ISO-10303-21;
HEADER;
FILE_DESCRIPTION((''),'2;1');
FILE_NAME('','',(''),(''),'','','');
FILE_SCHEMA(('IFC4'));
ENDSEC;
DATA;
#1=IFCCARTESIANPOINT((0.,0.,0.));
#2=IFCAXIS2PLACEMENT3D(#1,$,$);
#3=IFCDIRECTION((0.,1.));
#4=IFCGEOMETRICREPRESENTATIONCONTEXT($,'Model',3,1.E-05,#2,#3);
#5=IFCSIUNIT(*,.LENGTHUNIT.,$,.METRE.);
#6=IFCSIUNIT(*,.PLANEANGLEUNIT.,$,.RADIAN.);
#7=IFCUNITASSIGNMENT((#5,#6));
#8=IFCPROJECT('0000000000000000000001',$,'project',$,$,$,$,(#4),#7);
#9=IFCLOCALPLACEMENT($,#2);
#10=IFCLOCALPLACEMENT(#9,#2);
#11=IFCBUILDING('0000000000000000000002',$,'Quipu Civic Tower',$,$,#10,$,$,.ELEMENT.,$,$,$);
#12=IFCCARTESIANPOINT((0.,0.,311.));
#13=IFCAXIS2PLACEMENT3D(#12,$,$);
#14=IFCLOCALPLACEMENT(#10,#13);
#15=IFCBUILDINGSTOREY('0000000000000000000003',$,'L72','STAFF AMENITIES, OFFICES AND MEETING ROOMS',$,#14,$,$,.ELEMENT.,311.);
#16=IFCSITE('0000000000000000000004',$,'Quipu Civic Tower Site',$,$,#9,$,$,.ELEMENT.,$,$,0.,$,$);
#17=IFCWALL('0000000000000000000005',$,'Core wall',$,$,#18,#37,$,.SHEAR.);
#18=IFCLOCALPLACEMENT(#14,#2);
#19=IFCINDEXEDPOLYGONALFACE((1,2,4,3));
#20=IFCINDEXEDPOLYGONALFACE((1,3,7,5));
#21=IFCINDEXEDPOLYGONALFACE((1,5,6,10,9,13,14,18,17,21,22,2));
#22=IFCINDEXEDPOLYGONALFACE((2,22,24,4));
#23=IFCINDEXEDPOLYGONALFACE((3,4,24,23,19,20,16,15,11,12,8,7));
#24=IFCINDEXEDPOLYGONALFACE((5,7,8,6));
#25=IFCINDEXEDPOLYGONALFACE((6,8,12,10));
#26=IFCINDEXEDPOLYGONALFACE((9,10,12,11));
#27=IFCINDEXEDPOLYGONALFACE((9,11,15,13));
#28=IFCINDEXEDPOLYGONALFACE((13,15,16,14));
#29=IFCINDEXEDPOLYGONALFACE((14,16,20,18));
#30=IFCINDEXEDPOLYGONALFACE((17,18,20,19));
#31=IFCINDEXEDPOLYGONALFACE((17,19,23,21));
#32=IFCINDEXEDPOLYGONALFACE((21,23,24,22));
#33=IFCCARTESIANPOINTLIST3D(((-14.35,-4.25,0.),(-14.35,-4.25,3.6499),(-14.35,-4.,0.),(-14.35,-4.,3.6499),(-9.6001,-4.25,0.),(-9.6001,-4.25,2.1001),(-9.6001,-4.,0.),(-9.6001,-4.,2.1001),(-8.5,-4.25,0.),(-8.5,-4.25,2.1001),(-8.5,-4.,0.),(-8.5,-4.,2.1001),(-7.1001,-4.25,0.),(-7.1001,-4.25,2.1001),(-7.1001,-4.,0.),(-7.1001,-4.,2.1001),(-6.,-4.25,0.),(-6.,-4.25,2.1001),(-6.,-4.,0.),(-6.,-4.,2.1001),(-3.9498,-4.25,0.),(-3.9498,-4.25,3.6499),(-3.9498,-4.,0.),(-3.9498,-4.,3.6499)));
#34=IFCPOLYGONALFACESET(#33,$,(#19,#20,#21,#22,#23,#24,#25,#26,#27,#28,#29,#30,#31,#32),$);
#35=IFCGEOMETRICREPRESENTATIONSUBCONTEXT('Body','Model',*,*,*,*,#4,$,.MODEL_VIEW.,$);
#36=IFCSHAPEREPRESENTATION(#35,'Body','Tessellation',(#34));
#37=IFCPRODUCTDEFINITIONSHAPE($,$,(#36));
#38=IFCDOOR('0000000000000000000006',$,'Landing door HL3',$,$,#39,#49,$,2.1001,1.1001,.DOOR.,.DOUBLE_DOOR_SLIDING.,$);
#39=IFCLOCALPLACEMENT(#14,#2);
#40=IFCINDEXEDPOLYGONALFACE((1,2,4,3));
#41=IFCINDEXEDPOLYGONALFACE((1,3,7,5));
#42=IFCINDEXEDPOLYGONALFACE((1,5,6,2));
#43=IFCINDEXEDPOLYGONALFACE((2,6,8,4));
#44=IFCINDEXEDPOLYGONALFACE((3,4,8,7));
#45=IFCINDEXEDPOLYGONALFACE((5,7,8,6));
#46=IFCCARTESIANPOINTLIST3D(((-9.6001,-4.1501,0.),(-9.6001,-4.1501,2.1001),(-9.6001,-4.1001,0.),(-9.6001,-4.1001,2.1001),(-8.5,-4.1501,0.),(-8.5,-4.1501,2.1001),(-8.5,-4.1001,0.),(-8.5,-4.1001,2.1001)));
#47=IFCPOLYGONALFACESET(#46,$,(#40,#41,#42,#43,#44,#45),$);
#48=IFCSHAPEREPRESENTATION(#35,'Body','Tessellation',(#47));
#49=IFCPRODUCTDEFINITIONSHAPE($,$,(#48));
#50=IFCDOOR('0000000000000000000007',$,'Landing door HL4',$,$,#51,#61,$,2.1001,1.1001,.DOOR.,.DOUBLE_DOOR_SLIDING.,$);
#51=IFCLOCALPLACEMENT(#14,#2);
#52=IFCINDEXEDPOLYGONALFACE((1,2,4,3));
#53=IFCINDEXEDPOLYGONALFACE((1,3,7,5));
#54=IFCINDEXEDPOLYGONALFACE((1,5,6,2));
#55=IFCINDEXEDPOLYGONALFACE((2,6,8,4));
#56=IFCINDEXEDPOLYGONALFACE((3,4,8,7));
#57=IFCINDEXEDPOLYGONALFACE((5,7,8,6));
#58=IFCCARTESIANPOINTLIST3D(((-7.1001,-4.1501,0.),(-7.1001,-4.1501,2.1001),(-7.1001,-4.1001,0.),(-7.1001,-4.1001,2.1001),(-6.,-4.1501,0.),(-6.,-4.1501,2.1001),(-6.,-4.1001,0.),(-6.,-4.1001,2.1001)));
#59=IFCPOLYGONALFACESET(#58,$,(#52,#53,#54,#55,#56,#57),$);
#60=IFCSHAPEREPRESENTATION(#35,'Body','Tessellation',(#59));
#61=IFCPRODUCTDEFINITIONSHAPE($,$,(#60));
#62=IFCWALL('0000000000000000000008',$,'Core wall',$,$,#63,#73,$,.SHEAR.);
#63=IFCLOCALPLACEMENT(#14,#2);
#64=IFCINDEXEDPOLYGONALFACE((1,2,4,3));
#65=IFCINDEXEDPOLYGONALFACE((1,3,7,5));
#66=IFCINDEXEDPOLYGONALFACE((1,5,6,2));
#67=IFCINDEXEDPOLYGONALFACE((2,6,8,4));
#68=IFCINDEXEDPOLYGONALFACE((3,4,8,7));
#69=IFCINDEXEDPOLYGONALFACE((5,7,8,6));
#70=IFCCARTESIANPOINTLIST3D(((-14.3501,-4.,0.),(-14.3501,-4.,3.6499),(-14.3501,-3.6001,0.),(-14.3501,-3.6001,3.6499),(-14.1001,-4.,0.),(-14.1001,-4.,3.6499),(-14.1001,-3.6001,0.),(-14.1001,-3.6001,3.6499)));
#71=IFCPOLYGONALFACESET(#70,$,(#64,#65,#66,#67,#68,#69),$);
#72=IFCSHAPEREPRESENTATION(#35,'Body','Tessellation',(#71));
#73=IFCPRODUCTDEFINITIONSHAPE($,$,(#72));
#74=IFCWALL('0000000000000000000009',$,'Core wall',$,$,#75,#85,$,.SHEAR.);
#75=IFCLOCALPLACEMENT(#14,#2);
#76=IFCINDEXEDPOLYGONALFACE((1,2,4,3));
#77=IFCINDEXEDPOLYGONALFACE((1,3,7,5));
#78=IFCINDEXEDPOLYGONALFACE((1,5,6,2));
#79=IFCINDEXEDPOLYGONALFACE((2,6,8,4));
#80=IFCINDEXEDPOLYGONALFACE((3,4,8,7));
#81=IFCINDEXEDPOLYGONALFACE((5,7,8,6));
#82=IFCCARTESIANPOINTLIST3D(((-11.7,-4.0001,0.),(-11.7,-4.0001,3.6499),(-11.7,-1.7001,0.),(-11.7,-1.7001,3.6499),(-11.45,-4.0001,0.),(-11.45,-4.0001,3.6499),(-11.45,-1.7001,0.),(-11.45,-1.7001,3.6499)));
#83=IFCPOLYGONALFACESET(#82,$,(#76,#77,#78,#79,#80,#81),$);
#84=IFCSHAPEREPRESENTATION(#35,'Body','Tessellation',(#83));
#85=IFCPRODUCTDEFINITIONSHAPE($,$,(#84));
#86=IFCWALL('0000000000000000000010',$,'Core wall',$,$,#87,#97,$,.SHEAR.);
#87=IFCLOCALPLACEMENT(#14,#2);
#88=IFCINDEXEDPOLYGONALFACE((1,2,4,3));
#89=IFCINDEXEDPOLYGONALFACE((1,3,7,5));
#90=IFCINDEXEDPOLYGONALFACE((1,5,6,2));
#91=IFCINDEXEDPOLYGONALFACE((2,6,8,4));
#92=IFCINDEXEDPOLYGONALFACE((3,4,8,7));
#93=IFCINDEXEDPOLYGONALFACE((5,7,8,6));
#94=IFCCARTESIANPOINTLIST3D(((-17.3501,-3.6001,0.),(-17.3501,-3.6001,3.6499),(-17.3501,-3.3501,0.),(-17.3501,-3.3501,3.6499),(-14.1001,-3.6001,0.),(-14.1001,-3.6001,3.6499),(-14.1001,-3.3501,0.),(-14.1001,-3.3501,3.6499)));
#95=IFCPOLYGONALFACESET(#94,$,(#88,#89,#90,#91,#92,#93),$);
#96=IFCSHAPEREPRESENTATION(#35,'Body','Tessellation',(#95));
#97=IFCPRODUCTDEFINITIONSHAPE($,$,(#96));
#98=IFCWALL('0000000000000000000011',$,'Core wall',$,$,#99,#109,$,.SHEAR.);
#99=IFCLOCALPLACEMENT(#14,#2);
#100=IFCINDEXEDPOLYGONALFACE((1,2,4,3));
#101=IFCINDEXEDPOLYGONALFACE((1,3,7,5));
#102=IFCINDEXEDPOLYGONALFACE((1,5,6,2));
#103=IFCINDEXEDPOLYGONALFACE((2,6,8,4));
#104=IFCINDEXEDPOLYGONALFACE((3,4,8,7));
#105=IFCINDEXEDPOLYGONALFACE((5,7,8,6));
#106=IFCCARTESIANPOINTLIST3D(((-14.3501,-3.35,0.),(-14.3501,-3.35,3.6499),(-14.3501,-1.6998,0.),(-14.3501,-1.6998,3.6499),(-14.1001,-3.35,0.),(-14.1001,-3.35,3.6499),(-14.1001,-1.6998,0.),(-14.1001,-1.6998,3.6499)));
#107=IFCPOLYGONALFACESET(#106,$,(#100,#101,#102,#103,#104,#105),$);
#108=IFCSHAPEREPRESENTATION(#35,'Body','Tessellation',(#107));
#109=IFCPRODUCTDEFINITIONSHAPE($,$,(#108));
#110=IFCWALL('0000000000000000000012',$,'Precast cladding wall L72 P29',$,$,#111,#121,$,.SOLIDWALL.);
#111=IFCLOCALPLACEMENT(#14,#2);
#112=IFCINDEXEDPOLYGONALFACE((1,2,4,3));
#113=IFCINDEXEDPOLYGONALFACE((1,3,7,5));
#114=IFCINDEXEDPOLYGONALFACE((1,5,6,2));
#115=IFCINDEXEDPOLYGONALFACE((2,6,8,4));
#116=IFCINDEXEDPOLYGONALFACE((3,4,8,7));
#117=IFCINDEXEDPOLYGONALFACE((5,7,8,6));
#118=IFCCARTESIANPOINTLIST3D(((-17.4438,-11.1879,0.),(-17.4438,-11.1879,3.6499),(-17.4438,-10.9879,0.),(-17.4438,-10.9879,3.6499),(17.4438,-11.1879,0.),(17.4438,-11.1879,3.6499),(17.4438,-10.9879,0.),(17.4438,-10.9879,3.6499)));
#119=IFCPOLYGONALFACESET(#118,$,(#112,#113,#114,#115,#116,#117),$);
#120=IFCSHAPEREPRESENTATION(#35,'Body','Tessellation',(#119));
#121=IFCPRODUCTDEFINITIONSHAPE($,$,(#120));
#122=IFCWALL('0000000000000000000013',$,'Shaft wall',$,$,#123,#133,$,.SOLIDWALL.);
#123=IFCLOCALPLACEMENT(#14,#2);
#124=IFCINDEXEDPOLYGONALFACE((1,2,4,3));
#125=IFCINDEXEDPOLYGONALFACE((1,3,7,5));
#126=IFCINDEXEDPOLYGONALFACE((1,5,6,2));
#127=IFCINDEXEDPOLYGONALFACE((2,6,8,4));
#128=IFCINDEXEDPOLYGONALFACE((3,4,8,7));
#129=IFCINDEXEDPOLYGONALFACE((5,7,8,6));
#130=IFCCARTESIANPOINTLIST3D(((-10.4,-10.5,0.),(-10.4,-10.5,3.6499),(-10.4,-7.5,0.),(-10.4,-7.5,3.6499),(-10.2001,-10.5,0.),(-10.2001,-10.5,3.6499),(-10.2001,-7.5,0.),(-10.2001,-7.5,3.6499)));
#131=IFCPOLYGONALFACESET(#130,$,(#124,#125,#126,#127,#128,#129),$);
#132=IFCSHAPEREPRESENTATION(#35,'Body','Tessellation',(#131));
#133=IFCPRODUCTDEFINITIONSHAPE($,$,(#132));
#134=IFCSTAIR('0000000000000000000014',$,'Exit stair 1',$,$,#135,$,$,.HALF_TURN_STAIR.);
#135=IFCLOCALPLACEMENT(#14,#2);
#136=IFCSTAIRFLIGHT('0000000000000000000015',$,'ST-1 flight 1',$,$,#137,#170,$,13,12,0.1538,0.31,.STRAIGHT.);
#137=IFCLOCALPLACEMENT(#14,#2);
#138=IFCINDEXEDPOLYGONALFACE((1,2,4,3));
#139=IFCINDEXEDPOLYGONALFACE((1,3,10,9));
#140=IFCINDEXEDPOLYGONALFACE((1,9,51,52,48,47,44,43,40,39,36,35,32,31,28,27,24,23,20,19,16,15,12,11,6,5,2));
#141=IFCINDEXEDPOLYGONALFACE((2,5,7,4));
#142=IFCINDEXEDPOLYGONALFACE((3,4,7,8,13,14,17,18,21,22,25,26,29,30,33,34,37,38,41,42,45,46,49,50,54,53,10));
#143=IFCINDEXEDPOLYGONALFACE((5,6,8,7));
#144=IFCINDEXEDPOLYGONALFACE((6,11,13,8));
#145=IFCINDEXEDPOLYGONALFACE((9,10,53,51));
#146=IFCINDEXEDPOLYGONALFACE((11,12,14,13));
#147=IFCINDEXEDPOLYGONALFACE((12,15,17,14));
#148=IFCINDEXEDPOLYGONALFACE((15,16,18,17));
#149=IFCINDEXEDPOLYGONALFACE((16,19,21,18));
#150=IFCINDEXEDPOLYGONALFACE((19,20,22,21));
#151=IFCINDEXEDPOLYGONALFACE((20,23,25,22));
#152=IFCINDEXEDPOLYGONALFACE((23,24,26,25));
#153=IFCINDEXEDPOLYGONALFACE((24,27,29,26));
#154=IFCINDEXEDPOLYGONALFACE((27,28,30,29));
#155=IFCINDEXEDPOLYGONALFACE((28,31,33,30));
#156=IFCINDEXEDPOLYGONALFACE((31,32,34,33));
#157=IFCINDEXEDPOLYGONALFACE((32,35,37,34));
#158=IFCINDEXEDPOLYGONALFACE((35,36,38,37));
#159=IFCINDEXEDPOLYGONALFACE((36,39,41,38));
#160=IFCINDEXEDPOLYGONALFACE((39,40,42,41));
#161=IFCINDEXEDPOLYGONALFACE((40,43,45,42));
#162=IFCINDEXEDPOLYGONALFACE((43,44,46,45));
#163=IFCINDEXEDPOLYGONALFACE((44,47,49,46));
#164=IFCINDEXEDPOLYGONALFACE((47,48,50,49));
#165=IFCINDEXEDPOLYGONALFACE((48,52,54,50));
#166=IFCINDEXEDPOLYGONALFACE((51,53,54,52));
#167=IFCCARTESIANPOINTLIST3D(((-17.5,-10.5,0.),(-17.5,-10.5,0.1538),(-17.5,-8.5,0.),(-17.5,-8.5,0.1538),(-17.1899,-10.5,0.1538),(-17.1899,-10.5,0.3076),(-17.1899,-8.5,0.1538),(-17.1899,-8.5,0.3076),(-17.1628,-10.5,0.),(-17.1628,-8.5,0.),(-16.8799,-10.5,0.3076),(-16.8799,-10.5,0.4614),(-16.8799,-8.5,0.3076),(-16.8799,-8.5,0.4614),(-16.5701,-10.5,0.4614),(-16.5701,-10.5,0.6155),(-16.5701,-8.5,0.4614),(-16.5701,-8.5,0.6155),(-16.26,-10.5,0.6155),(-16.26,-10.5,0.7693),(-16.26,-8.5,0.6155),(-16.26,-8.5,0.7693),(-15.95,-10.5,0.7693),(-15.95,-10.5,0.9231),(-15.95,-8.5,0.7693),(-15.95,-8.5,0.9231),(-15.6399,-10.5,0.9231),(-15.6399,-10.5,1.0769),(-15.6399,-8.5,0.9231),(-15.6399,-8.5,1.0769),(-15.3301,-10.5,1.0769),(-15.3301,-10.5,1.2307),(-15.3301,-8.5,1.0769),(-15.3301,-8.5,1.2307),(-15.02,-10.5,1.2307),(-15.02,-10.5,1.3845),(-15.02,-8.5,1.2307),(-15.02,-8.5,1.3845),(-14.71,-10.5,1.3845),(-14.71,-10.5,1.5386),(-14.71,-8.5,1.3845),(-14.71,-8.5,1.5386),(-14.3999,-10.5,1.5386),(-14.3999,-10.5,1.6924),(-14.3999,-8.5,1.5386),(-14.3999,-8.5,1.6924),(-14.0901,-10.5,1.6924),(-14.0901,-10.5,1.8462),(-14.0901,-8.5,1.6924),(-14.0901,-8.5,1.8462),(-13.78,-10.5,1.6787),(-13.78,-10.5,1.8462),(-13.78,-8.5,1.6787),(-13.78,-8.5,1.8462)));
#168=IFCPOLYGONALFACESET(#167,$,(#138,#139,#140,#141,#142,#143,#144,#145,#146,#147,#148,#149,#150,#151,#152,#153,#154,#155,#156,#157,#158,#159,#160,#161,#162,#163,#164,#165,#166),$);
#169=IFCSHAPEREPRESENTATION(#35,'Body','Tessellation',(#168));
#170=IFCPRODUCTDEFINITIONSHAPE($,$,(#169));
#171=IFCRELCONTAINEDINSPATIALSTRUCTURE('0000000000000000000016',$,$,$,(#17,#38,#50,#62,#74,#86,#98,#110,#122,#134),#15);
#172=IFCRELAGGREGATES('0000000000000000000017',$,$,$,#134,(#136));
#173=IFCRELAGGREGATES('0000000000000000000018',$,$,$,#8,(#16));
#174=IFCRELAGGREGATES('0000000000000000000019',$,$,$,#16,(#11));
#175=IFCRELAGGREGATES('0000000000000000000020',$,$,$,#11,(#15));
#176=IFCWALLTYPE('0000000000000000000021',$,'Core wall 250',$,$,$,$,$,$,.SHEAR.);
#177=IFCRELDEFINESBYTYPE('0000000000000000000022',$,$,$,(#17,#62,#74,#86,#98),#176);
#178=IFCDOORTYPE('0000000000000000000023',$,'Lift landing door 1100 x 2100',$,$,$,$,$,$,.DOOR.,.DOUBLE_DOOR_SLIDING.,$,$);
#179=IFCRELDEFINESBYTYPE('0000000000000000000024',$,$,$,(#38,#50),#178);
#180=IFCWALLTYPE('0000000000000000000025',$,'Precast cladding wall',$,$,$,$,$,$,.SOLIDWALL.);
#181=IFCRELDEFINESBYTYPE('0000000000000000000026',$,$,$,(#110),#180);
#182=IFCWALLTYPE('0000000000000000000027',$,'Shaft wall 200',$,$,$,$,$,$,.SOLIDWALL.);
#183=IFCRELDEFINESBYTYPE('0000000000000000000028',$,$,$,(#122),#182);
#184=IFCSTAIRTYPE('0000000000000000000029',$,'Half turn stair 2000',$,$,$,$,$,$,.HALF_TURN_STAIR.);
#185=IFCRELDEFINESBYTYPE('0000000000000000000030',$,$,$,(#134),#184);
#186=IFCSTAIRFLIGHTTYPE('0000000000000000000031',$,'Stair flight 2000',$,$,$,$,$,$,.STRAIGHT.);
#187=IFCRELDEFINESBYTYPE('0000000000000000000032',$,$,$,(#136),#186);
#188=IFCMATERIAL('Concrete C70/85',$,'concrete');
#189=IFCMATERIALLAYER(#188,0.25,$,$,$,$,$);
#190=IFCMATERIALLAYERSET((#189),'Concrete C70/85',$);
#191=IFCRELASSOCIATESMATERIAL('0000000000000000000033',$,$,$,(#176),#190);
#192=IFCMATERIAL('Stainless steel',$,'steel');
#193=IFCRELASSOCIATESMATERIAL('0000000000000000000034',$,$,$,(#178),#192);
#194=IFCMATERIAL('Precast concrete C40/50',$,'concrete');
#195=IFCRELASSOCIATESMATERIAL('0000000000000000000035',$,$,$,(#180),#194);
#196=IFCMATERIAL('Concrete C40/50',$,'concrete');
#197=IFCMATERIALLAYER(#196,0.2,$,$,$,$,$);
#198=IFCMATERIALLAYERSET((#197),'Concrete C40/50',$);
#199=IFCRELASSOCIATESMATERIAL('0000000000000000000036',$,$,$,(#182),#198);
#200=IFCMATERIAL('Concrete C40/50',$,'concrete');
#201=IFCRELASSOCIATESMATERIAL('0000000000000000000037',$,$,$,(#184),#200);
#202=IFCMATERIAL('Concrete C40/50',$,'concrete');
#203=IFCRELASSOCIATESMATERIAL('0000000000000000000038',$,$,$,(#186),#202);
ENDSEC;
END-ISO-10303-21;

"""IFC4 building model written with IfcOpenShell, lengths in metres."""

from ifc_helpers import new_model, si_unit, direction, frame, frame_2d, origin, place, context, subcontext, project, spatial, polyline, rectangle, outline, extrude, material, layer, layer_set, type_object, element, fill, aggregate, save


model = new_model("IFC4")

# Units and contexts
model_context = context("Model", 3, precision=1e-05, world=origin(), true_north=direction((0.0, 1.0)))
body_context = subcontext(model_context, "Body", "Model", "MODEL_VIEW")
ifc_project = project(units=[si_unit("LENGTHUNIT", "METRE"), si_unit("PLANEANGLEUNIT", "RADIAN")], contexts=[model_context])

# Site, building, storey
site_placement = place(None, origin())
site = spatial("IfcSite", under=ifc_project, at=site_placement, Name="Quipu Civic Tower Site", CompositionType="ELEMENT", RefElevation=0.0)
building_placement = place(site_placement, origin())
building = spatial("IfcBuilding", under=site, at=building_placement, Name="Quipu Civic Tower", CompositionType="ELEMENT")
storey_placement = place(building_placement, frame((0.0, 0.0, 311.0)))
storey = spatial("IfcBuildingStorey", under=building, at=storey_placement, Name="L72", Description="STAFF AMENITIES, OFFICES AND MEETING ROOMS", CompositionType="ELEMENT", Elevation=311.0)

# Shared definitions
ifc_material_1 = material(Name="Concrete C70/85", Category="concrete")
ifc_layer_1 = layer(ifc_material_1, 0.25)
ifc_layer_set_1 = layer_set([ifc_layer_1], Name="Concrete C70/85")
wall_type_1 = type_object("IfcWallType", Name="Core wall 250", PredefinedType="SHEAR", material=ifc_layer_set_1)

# Wall, openings, doors
wall_1_placement = place(storey_placement, frame((-14.3501, -4.125, 0.0), z_axis=(0.0, 0.0, 1.0), x_axis=(1.0, 0.0, 0.0)))
wall_1 = element("IfcWall", 1, at=wall_1_placement, inside=storey, type_object=wall_type_1, Name="Core wall", PredefinedType="SHEAR", context=body_context, shape_type="SweptSolid", body=[
    extrude(rectangle(XDim=10.4001, YDim=0.25, at=frame_2d((5.2002, 0.0))), origin(), (0.0, 0.0, 1.0), 3.6499),
])
opening_1_placement = place(wall_1_placement, frame((4.75, 0.0, 0.0)))
opening_1 = element("IfcOpeningElement", 2, at=opening_1_placement, cuts=wall_1, PredefinedType="OPENING", context=body_context, shape_type="SweptSolid", body=[
    extrude(rectangle(XDim=1.1001, YDim=2.1001, at=frame_2d((0.55, 1.05))), frame((0.0, 0.135, 0.0), z_axis=(0.0, -1.0, 0.0), x_axis=(1.0, 0.0, 0.0)), (0.0, 0.0, 1.0), 0.27),
])
opening_2_placement = place(wall_1_placement, frame((7.25, 0.0, 0.0)))
opening_2 = element("IfcOpeningElement", 3, at=opening_2_placement, cuts=wall_1, PredefinedType="OPENING", context=body_context, shape_type="SweptSolid", body=[
    extrude(rectangle(XDim=1.1001, YDim=2.1001, at=frame_2d((0.55, 1.05))), frame((0.0, 0.135, 0.0), z_axis=(0.0, -1.0, 0.0), x_axis=(1.0, 0.0, 0.0)), (0.0, 0.0, 1.0), 0.27),
])
ifc_material_2 = material(Name="Stainless steel", Category="steel")
door_type_1 = type_object("IfcDoorType", Name="Lift landing door 1100 x 2100", OperationType="DOUBLE_DOOR_SLIDING", PredefinedType="DOOR", material=ifc_material_2)
door_1_placement = place(opening_1_placement, origin())
door_1 = element("IfcDoor", 4, at=door_1_placement, inside=storey, type_object=door_type_1, Name="Landing door HL3", OperationType="DOUBLE_DOOR_SLIDING", OverallHeight=2.1001, OverallWidth=1.1001, PredefinedType="DOOR", context=body_context, shape_type="SweptSolid", body=[
    extrude(rectangle(XDim=1.1001, YDim=2.1001, at=frame_2d((0.55, 1.05))), frame((0.0, 0.0249, 0.0), z_axis=(0.0, -1.0, 0.0), x_axis=(1.0, 0.0, 0.0)), (0.0, 0.0, 1.0), 0.05),
])
fill(opening_1, door_1)
door_2_placement = place(opening_2_placement, origin())
door_2 = element("IfcDoor", 5, at=door_2_placement, inside=storey, type_object=door_type_1, Name="Landing door HL4", OperationType="DOUBLE_DOOR_SLIDING", OverallHeight=2.1001, OverallWidth=1.1001, PredefinedType="DOOR", context=body_context, shape_type="SweptSolid", body=[
    extrude(rectangle(XDim=1.1001, YDim=2.1001, at=frame_2d((0.55, 1.05))), frame((0.0, 0.0249, 0.0), z_axis=(0.0, -1.0, 0.0), x_axis=(1.0, 0.0, 0.0)), (0.0, 0.0, 1.0), 0.05),
])
fill(opening_2, door_2)

# Walls
wall_2_placement = place(storey_placement, frame((-14.2251, -4.0, 0.0), z_axis=(0.0, 0.0, 1.0), x_axis=(0.0, 1.0, 0.0)))
element("IfcWall", 6, at=wall_2_placement, inside=storey, type_object=wall_type_1, Name="Core wall", PredefinedType="SHEAR", context=body_context, shape_type="SweptSolid", body=[
    extrude(rectangle(XDim=0.3999, YDim=0.25, at=frame_2d((0.2, 0.0))), origin(), (0.0, 0.0, 1.0), 3.6499),
])
wall_3_placement = place(storey_placement, frame((-11.575, -4.0, 0.0), z_axis=(0.0, 0.0, 1.0), x_axis=(0.0, 1.0, 0.0)))
element("IfcWall", 7, at=wall_3_placement, inside=storey, type_object=wall_type_1, Name="Core wall", PredefinedType="SHEAR", context=body_context, shape_type="SweptSolid", body=[
    extrude(rectangle(XDim=2.3, YDim=0.25, at=frame_2d((1.1499, 0.0))), origin(), (0.0, 0.0, 1.0), 3.6499),
])
wall_4_placement = place(storey_placement, frame((-17.3501, -3.4751, 0.0), z_axis=(0.0, 0.0, 1.0), x_axis=(1.0, 0.0, 0.0)))
element("IfcWall", 8, at=wall_4_placement, inside=storey, type_object=wall_type_1, Name="Core wall", PredefinedType="SHEAR", context=body_context, shape_type="SweptSolid", body=[
    extrude(rectangle(XDim=3.25, YDim=0.25, at=frame_2d((1.625, 0.0))), origin(), (0.0, 0.0, 1.0), 3.6499),
])
wall_5_placement = place(storey_placement, frame((-14.2251, -3.3501, 0.0), z_axis=(0.0, 0.0, 1.0), x_axis=(0.0, 1.0, 0.0)))
element("IfcWall", 9, at=wall_5_placement, inside=storey, type_object=wall_type_1, Name="Core wall", PredefinedType="SHEAR", context=body_context, shape_type="SweptSolid", body=[
    extrude(rectangle(XDim=1.6501, YDim=0.25, at=frame_2d((0.8252, 0.0))), origin(), (0.0, 0.0, 1.0), 3.6499),
])
ifc_material_3 = material(Name="Precast concrete C40/50", Category="concrete")
wall_type_2 = type_object("IfcWallType", Name="Precast cladding wall", PredefinedType="SOLIDWALL", material=ifc_material_3)
wall_6_placement = place(storey_placement, frame((-17.4438, -11.0879, 0.0), z_axis=(0.0, 0.0, 1.0), x_axis=(1.0, 0.0, 0.0)))
element("IfcWall", 10, at=wall_6_placement, inside=storey, type_object=wall_type_2, Name="Precast cladding wall L72 P29", PredefinedType="SOLIDWALL", context=body_context, shape_type="SweptSolid", body=[
    extrude(rectangle(XDim=34.8877, YDim=0.2, at=frame_2d((17.4438, 0.0))), origin(), (0.0, 0.0, 1.0), 3.6499),
])
ifc_material_4 = material(Name="Concrete C40/50", Category="concrete")
ifc_layer_2 = layer(ifc_material_4, 0.2)
ifc_layer_set_2 = layer_set([ifc_layer_2], Name="Concrete C40/50")
wall_type_3 = type_object("IfcWallType", Name="Shaft wall 200", PredefinedType="SOLIDWALL", material=ifc_layer_set_2)
wall_7_placement = place(storey_placement, frame((-10.3, -10.5, 0.0), z_axis=(0.0, 0.0, 1.0), x_axis=(0.0, 1.0, 0.0)))
element("IfcWall", 11, at=wall_7_placement, inside=storey, type_object=wall_type_3, Name="Shaft wall", PredefinedType="SOLIDWALL", context=body_context, shape_type="SweptSolid", body=[
    extrude(rectangle(XDim=3.0, YDim=0.2, at=frame_2d((1.5, 0.0))), origin(), (0.0, 0.0, 1.0), 3.6499),
])

# Stair, stair flight
ifc_material_5 = material(Name="Concrete C40/50", Category="concrete")
stair_type = type_object("IfcStairType", Name="Half turn stair 2000", PredefinedType="HALF_TURN_STAIR", material=ifc_material_5)
stair_placement = place(storey_placement, origin())
stair = element("IfcStair", 12, at=stair_placement, inside=storey, type_object=stair_type, Name="Exit stair 1", PredefinedType="HALF_TURN_STAIR")
ifc_material_6 = material(Name="Concrete C40/50", Category="concrete")
stair_flight_type = type_object("IfcStairFlightType", Name="Stair flight 2000", PredefinedType="STRAIGHT", material=ifc_material_6)
stair_flight_1_placement = place(storey_placement, frame((-17.5, -9.5, 0.0), z_axis=(0.0, 0.0, 1.0), x_axis=(1.0, 0.0, 0.0)))
stair_flight_1 = element("IfcStairFlight", 13, at=stair_flight_1_placement, type_object=stair_flight_type, Name="ST-1 flight 1", NumberOfRisers=13, NumberOfTreads=12, PredefinedType="STRAIGHT", RiserHeight=0.1538, TreadLength=0.31, context=body_context, shape_type="SweptSolid", body=[
    extrude(outline(polyline([(0.0, 0.0), (0.0, 0.1538), (0.3101, 0.1538), (0.3101, 0.3076), (0.6201, 0.3076), (0.6201, 0.4614), (0.9299, 0.4614), (0.9299, 0.6155), (1.24, 0.6155), (1.24, 0.7693), (1.55, 0.7693), (1.55, 0.9231), (1.8601, 0.9231), (1.8601, 1.0769), (2.1699, 1.0769), (2.1699, 1.2307), (2.48, 1.2307), (2.48, 1.3845), (2.79, 1.3845), (2.79, 1.5386), (3.1001, 1.5386), (3.1001, 1.6924), (3.4099, 1.6924), (3.4099, 1.8462), (3.72, 1.8462), (3.72, 2.0), (3.72, 1.6787), (0.3372, 0.0), (0.0, 0.0)])), frame((0.0, 1.0, 0.0), z_axis=(0.0, -1.0, 0.0), x_axis=(1.0, 0.0, 0.0)), (0.0, 0.0, 1.0), 2.0),
])
aggregate(stair, [stair_flight_1])

save(model, "model.ifc")
